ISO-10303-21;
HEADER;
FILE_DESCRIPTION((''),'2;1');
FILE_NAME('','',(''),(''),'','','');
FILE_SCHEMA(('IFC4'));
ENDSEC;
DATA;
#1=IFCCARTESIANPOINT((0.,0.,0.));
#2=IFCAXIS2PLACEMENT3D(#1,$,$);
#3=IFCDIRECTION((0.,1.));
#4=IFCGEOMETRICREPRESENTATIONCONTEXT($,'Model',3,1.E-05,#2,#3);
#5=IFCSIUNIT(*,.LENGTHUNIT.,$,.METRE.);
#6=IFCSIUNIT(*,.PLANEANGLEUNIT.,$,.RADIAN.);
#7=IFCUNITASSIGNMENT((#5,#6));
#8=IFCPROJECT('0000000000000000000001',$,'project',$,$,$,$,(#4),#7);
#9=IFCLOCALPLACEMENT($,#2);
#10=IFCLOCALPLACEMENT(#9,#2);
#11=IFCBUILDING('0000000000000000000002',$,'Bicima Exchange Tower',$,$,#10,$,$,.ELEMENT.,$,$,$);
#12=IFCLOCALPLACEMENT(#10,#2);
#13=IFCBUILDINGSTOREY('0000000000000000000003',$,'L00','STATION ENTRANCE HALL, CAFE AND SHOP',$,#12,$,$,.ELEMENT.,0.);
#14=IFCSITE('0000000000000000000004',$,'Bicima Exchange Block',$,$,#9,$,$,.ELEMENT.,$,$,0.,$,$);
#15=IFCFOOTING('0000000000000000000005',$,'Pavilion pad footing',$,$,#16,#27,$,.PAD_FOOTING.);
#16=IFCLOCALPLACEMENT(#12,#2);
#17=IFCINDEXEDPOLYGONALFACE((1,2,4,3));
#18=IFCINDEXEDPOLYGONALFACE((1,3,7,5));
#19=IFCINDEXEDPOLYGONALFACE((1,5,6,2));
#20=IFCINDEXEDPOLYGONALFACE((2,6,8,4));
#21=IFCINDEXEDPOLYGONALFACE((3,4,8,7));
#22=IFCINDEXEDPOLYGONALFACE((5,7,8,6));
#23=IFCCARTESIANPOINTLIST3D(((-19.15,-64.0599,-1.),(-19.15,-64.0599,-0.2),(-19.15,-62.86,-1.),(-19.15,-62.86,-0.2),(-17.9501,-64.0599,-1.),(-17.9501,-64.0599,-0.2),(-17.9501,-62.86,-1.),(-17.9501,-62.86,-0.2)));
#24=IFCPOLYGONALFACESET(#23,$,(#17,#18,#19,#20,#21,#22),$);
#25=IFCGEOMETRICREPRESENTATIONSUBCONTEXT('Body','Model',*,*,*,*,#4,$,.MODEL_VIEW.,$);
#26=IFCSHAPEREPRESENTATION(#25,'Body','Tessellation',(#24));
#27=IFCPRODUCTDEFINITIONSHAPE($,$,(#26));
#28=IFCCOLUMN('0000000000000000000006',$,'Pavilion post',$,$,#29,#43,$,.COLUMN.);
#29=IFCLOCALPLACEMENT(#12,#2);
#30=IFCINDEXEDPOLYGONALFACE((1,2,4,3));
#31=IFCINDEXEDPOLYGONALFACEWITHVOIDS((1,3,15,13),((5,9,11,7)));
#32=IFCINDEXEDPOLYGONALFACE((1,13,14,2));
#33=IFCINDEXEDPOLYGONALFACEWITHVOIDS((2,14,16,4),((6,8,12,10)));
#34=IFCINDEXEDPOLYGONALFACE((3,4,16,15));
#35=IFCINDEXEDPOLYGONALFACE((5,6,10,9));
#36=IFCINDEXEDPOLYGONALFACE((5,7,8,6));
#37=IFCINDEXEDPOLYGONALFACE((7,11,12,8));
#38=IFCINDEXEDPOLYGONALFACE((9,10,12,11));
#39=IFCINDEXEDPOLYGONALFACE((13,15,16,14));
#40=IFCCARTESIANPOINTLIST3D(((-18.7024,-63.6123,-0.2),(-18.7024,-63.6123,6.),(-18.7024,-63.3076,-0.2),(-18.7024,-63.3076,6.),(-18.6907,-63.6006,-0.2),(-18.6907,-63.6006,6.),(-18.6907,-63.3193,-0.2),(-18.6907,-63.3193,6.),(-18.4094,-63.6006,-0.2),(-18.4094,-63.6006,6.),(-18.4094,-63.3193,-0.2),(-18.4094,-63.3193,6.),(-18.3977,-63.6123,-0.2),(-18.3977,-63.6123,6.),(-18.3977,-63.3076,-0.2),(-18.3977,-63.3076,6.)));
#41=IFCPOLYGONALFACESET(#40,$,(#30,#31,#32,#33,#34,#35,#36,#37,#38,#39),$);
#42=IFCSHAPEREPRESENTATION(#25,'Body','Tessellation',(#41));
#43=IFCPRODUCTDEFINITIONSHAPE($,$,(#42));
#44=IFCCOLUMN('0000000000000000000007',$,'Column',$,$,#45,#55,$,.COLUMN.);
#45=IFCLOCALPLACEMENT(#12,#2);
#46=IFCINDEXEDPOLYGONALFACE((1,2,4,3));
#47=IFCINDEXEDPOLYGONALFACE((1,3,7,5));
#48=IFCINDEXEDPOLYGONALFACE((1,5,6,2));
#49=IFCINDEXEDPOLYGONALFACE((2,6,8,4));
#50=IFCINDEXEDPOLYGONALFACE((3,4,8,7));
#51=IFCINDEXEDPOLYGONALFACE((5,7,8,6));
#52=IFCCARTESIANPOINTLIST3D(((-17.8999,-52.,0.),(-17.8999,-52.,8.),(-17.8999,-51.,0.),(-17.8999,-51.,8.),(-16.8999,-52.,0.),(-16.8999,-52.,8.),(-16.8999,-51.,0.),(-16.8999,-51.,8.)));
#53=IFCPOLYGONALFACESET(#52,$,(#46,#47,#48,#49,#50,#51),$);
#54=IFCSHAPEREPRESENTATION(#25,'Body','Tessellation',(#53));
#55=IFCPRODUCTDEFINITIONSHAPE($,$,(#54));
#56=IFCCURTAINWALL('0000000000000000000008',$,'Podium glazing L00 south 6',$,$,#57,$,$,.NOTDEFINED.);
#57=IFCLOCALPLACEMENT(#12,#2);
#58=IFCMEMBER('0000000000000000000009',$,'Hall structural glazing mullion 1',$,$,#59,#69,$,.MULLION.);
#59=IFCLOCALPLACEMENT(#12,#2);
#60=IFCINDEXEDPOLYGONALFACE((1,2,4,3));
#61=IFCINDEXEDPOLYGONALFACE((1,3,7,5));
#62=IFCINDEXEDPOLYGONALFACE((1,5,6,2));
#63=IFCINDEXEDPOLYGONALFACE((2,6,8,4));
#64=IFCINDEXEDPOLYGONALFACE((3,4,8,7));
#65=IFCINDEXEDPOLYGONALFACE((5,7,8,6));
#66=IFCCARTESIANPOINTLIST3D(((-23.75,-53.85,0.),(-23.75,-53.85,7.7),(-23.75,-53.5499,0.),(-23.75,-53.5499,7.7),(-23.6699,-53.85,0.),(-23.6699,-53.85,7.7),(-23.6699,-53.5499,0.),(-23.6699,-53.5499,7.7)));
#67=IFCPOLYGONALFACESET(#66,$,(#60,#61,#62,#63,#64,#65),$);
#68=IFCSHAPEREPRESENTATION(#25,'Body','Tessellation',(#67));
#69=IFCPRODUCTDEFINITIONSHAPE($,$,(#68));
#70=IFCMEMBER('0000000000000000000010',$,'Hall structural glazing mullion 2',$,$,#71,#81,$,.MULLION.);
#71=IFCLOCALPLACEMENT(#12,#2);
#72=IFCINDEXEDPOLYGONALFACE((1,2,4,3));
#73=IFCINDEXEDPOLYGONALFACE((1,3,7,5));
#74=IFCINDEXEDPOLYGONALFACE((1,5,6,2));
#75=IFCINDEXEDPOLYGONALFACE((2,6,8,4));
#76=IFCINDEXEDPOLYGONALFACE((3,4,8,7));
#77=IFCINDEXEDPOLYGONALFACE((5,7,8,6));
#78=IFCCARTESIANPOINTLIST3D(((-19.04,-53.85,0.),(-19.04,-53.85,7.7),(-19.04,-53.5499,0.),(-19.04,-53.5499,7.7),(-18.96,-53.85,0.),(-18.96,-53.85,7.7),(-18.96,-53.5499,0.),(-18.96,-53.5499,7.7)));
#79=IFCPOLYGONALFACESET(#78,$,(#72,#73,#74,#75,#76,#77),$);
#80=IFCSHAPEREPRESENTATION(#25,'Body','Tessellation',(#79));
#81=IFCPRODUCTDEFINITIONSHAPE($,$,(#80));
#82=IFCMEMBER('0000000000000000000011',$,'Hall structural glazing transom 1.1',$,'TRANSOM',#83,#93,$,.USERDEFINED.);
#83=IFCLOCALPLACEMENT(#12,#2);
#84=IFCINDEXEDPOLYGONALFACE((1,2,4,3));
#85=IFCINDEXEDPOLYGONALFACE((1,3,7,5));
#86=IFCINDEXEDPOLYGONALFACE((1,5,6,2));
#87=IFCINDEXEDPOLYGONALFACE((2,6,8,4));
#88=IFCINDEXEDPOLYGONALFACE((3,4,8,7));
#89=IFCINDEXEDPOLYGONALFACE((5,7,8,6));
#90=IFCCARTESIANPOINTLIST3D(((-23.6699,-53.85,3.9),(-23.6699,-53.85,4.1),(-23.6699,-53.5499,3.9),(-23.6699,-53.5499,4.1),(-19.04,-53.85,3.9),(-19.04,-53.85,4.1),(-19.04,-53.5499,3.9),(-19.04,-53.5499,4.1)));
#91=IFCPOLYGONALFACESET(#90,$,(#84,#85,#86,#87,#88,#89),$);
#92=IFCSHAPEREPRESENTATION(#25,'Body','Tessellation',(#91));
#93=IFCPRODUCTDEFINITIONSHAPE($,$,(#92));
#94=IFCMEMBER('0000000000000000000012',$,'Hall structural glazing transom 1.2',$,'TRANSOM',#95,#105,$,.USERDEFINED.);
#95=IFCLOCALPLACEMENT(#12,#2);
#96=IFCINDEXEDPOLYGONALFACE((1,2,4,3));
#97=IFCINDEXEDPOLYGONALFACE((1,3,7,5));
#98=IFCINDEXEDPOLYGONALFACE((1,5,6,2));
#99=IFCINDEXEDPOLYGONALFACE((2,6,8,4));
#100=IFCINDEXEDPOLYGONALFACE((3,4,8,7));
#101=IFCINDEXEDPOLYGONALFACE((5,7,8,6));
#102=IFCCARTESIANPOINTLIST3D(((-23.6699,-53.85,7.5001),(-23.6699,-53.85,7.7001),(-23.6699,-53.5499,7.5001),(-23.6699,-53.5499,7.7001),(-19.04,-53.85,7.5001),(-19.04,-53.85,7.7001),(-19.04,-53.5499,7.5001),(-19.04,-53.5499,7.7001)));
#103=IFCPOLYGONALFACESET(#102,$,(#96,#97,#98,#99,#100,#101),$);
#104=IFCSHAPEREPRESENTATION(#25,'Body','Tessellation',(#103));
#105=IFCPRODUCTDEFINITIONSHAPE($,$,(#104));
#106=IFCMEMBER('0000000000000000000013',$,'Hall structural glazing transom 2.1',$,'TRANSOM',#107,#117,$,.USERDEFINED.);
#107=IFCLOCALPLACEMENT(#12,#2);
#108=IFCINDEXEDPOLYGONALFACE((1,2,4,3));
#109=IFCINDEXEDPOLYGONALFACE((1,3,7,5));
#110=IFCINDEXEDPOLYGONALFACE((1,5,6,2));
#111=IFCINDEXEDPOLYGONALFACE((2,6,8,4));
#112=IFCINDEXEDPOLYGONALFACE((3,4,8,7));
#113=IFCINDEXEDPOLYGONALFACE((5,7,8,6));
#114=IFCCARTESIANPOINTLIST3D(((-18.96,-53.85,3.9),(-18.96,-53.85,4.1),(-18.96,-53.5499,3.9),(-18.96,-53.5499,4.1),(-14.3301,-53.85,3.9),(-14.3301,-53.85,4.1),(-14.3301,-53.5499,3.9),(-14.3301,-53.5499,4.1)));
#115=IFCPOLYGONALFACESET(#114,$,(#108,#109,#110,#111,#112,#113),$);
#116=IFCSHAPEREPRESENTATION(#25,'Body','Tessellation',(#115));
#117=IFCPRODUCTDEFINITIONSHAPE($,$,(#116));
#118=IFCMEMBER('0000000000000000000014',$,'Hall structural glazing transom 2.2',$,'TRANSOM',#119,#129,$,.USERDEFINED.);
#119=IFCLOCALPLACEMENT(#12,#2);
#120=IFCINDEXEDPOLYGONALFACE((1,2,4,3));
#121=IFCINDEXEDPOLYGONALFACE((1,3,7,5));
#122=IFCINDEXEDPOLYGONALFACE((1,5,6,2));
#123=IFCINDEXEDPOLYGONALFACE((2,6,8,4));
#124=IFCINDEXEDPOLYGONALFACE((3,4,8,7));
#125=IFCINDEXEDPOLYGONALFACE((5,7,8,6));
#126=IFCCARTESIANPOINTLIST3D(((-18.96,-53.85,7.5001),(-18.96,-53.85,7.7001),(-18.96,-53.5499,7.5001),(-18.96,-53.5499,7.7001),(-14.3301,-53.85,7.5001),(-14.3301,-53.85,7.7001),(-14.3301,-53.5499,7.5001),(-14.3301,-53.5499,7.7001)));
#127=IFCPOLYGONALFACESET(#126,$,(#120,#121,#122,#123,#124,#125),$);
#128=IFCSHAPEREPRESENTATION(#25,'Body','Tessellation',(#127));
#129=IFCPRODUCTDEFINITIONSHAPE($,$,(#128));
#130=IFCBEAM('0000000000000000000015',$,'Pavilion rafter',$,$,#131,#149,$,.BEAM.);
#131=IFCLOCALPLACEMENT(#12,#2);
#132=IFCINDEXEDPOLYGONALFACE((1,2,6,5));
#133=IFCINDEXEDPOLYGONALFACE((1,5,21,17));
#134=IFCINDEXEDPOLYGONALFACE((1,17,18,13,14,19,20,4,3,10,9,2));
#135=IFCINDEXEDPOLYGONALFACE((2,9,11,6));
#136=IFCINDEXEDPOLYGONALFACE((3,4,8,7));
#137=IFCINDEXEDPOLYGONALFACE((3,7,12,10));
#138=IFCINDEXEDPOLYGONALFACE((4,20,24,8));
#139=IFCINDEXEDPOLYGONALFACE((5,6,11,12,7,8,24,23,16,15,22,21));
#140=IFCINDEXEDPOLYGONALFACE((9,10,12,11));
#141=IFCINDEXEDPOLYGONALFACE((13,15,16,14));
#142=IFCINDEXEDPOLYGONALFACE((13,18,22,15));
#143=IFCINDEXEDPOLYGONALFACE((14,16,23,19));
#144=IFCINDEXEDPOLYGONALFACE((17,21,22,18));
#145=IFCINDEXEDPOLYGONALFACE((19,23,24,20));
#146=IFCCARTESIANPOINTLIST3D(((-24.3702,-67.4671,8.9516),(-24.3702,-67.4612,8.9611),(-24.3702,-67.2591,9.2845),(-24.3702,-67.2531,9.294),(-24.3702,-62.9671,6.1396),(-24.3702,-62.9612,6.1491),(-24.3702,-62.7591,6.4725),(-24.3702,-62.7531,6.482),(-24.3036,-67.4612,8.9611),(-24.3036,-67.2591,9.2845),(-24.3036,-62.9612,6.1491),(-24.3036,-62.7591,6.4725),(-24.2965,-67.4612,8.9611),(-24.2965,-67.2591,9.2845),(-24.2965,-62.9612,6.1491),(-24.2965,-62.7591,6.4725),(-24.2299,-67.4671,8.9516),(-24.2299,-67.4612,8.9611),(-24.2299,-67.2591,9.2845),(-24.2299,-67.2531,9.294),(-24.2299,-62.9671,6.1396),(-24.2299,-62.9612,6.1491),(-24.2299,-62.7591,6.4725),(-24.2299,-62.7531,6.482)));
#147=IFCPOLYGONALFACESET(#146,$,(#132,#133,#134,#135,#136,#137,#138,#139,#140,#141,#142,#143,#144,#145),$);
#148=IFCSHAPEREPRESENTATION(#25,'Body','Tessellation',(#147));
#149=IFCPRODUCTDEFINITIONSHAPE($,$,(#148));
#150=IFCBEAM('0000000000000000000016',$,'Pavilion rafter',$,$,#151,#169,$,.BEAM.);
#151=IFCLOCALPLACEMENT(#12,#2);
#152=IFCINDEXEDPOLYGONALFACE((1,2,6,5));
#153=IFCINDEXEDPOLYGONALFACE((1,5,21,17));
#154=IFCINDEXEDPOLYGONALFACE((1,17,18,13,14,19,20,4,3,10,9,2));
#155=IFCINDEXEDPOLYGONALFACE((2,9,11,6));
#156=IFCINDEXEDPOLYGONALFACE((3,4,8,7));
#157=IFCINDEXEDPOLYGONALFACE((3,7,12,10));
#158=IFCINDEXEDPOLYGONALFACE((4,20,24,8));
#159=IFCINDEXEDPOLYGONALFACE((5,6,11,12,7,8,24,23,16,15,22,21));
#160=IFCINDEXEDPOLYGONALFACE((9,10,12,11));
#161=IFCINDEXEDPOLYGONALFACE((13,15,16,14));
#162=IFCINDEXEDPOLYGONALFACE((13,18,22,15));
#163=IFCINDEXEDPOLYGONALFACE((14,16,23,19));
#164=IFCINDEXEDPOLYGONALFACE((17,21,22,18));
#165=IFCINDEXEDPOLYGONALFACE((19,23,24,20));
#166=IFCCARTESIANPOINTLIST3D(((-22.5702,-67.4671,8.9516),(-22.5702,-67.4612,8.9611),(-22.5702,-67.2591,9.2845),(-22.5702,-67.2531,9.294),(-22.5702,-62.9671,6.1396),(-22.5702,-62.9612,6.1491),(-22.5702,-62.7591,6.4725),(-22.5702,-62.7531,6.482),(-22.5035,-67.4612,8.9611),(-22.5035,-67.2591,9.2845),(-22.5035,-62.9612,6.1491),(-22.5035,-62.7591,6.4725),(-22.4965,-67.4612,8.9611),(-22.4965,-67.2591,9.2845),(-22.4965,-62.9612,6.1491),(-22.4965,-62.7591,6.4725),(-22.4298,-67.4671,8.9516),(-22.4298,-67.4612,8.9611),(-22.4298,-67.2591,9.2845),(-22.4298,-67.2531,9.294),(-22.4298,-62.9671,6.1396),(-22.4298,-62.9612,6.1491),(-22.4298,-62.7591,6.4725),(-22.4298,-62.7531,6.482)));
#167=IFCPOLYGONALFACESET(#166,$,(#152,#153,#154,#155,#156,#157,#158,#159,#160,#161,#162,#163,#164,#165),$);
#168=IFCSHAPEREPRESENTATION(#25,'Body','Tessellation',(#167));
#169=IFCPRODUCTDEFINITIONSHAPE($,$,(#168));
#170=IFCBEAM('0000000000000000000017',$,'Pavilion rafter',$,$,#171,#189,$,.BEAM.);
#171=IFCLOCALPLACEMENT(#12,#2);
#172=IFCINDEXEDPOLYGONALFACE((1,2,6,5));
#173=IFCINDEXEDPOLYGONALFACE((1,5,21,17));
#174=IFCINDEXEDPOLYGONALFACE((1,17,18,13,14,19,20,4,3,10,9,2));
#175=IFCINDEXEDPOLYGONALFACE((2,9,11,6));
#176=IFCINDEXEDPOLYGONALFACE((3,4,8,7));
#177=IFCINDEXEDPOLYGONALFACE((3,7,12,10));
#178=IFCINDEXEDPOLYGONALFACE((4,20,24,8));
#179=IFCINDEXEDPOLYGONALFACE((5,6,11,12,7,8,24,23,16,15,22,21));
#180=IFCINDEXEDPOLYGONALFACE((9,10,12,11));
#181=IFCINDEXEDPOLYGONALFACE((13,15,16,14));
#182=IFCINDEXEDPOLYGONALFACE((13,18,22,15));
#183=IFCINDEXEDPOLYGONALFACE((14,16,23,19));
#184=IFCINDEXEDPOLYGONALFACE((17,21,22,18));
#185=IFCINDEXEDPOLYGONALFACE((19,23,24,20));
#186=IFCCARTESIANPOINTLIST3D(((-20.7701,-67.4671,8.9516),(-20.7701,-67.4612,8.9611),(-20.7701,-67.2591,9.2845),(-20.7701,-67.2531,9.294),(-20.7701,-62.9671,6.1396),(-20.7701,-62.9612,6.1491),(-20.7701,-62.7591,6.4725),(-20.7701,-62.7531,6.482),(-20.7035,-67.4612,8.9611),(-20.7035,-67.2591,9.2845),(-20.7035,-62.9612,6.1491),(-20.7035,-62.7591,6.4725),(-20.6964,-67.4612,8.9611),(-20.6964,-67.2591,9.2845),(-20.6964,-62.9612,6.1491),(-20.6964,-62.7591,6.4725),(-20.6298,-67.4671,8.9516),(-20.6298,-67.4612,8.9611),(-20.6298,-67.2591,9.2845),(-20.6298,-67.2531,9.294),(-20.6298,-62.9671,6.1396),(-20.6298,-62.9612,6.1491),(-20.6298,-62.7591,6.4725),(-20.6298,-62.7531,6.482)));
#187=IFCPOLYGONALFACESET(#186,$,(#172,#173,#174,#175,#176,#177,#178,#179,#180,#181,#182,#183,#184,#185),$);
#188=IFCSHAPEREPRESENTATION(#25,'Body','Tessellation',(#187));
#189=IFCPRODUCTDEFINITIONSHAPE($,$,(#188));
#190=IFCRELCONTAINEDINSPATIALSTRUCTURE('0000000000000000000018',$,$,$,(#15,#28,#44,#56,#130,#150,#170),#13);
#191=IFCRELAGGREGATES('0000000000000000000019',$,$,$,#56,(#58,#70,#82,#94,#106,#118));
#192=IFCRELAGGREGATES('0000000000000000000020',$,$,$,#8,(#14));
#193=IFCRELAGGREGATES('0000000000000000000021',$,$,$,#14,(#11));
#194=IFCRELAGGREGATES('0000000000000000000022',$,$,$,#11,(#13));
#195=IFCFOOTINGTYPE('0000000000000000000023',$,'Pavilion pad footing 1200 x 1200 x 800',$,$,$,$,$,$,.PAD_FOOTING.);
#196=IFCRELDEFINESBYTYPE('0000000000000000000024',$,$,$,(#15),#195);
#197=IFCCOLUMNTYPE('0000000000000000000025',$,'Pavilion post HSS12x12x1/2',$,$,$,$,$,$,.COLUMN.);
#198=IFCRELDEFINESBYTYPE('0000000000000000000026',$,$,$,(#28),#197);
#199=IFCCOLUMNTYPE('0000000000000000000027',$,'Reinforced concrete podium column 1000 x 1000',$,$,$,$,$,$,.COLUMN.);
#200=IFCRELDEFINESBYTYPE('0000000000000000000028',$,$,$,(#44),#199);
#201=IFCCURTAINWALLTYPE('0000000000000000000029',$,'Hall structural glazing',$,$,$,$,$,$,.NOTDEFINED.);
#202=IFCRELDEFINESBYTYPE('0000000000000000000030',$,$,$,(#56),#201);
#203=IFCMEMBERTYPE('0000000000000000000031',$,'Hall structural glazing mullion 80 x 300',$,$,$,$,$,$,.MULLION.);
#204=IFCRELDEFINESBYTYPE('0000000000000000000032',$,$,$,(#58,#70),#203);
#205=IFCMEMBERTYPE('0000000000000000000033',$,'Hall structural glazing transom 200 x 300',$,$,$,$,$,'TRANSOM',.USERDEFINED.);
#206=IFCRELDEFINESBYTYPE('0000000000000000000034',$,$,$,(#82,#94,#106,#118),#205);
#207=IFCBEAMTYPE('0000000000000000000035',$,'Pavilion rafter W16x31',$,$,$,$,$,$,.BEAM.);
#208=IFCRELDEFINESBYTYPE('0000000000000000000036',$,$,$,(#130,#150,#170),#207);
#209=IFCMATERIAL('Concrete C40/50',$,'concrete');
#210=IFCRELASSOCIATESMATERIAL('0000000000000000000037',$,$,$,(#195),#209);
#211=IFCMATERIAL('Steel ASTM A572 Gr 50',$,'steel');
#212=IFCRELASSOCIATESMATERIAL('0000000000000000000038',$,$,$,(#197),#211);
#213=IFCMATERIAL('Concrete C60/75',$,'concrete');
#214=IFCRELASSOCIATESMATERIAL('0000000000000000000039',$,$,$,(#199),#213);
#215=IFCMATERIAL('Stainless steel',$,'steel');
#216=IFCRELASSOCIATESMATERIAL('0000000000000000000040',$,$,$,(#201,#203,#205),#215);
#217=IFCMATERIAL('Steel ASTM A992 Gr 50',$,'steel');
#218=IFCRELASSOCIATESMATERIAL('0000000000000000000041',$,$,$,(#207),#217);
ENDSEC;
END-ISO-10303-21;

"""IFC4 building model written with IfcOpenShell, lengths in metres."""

from ifc_helpers import new_model, si_unit, direction, frame, origin, origin_2d, place, context, subcontext, project, spatial, rectangle, hollow_rectangle, i_section, extrude, material, material_profile, profile_set, type_object, element, aggregate, save


model = new_model("IFC4")

# Units and contexts
model_context = context("Model", 3, precision=1e-05, world=origin(), true_north=direction((0.0, 1.0)))
body_context = subcontext(model_context, "Body", "Model", "MODEL_VIEW")
ifc_project = project(units=[si_unit("LENGTHUNIT", "METRE"), si_unit("PLANEANGLEUNIT", "RADIAN")], contexts=[model_context])

# Site, building, storey
site_placement = place(None, origin())
site = spatial("IfcSite", under=ifc_project, at=site_placement, Name="Bicima Exchange Block", CompositionType="ELEMENT", RefElevation=0.0)
building_placement = place(site_placement, origin())
building = spatial("IfcBuilding", under=site, at=building_placement, Name="Bicima Exchange Tower", CompositionType="ELEMENT")
storey_placement = place(building_placement, origin())
storey = spatial("IfcBuildingStorey", under=building, at=storey_placement, Name="L00", Description="STATION ENTRANCE HALL, CAFE AND SHOP", CompositionType="ELEMENT", Elevation=0.0)

# Footing
ifc_material_1 = material(Name="Concrete C40/50", Category="concrete")
footing_type = type_object("IfcFootingType", Name="Pavilion pad footing 1200 x 1200 x 800", PredefinedType="PAD_FOOTING", material=ifc_material_1)
footing_placement = place(storey_placement, frame((-18.55, -63.46, -1.0), z_axis=(0.0, 0.0, 1.0), x_axis=(1.0, 0.0, 0.0)))
element("IfcFooting", 1, at=footing_placement, inside=storey, type_object=footing_type, Name="Pavilion pad footing", PredefinedType="PAD_FOOTING", context=body_context, shape_type="SweptSolid", body=[
    extrude(rectangle(XDim=1.2, YDim=1.2, at=origin_2d()), origin(), (0.0, 0.0, 1.0), 0.8),
])

# Columns
ifc_material_2 = material(Name="Steel ASTM A572 Gr 50", Category="steel")
ifc_material_profile_1 = material_profile(ifc_material_2, hollow_rectangle(XDim=0.3047, YDim=0.3047, WallThickness=0.0117, at=origin_2d()))
ifc_profile_set_1 = profile_set([ifc_material_profile_1], Name="Steel ASTM A572 Gr 50")
column_type_1 = type_object("IfcColumnType", Name="Pavilion post HSS12x12x1/2", PredefinedType="COLUMN", material=ifc_profile_set_1)
column_1_placement = place(storey_placement, frame((-18.55, -63.46, -0.2), z_axis=(0.0, 0.0, 1.0), x_axis=(1.0, 0.0, 0.0)))
element("IfcColumn", 2, at=column_1_placement, inside=storey, type_object=column_type_1, Name="Pavilion post", PredefinedType="COLUMN", context=body_context, shape_type="SweptSolid", body=[
    extrude(hollow_rectangle(XDim=0.3047, YDim=0.3047, WallThickness=0.0117, at=origin_2d()), origin(), (0.0, 0.0, 1.0), 6.2),
])
ifc_material_3 = material(Name="Concrete C60/75", Category="concrete")
ifc_material_profile_2 = material_profile(ifc_material_3, rectangle(XDim=1.0, YDim=1.0, at=origin_2d()))
ifc_profile_set_2 = profile_set([ifc_material_profile_2], Name="Concrete C60/75")
column_type_2 = type_object("IfcColumnType", Name="Reinforced concrete podium column 1000 x 1000", PredefinedType="COLUMN", material=ifc_profile_set_2)
column_2_placement = place(storey_placement, frame((-17.3999, -51.5, 0.0), z_axis=(0.0, 0.0, 1.0), x_axis=(1.0, 0.0, 0.0)))
element("IfcColumn", 3, at=column_2_placement, inside=storey, type_object=column_type_2, Name="Column", PredefinedType="COLUMN", context=body_context, shape_type="SweptSolid", body=[
    extrude(rectangle(XDim=1.0, YDim=1.0, at=origin_2d()), origin(), (0.0, 0.0, 1.0), 8.0),
])

# Curtain wall, members
ifc_material_4 = material(Name="Stainless steel", Category="steel")
curtain_wall_type = type_object("IfcCurtainWallType", Name="Hall structural glazing", PredefinedType="NOTDEFINED", material=ifc_material_4)
curtain_wall_placement = place(storey_placement, origin())
curtain_wall = element("IfcCurtainWall", 4, at=curtain_wall_placement, inside=storey, type_object=curtain_wall_type, Name="Podium glazing L00 south 6", PredefinedType="NOTDEFINED")
ifc_material_profile_3 = material_profile(ifc_material_4, rectangle(XDim=0.3, YDim=0.0801, at=origin_2d()))
ifc_profile_set_3 = profile_set([ifc_material_profile_3], Name="Stainless steel")
member_type_1 = type_object("IfcMemberType", Name="Hall structural glazing mullion 80 x 300", PredefinedType="MULLION", material=ifc_profile_set_3)
member_1_placement = place(storey_placement, frame((-23.71, -53.7, 0.0), z_axis=(0.0, 0.0, 1.0), x_axis=(0.0, 1.0, 0.0)))
member_1 = element("IfcMember", 5, at=member_1_placement, type_object=member_type_1, Name="Hall structural glazing mullion 1", PredefinedType="MULLION", context=body_context, shape_type="SweptSolid", body=[
    extrude(rectangle(XDim=0.3, YDim=0.0801, at=origin_2d()), origin(), (0.0, 0.0, 1.0), 7.7),
])
member_2_placement = place(storey_placement, frame((-19.0, -53.7, 0.0), z_axis=(0.0, 0.0, 1.0), x_axis=(0.0, 1.0, 0.0)))
member_2 = element("IfcMember", 6, at=member_2_placement, type_object=member_type_1, Name="Hall structural glazing mullion 2", PredefinedType="MULLION", context=body_context, shape_type="SweptSolid", body=[
    extrude(rectangle(XDim=0.3, YDim=0.0801, at=origin_2d()), origin(), (0.0, 0.0, 1.0), 7.7),
])
ifc_material_profile_4 = material_profile(ifc_material_4, rectangle(XDim=0.3, YDim=0.2, at=origin_2d()))
ifc_profile_set_4 = profile_set([ifc_material_profile_4], Name="Stainless steel")
member_type_2 = type_object("IfcMemberType", Name="Hall structural glazing transom 200 x 300", ElementType="TRANSOM", PredefinedType="USERDEFINED", material=ifc_profile_set_4)
member_3_placement = place(storey_placement, frame((-23.6699, -53.7, 4.0), z_axis=(1.0, 0.0, 0.0), x_axis=(0.0, 1.0, 0.0)))
member_3 = element("IfcMember", 7, at=member_3_placement, type_object=member_type_2, Name="Hall structural glazing transom 1.1", ObjectType="TRANSOM", PredefinedType="USERDEFINED", context=body_context, shape_type="SweptSolid", body=[
    extrude(rectangle(XDim=0.3, YDim=0.2, at=origin_2d()), origin(), (0.0, 0.0, 1.0), 4.6299),
])
member_4_placement = place(storey_placement, frame((-23.6699, -53.7, 7.6001), z_axis=(1.0, 0.0, 0.0), x_axis=(0.0, 1.0, 0.0)))
member_4 = element("IfcMember", 8, at=member_4_placement, type_object=member_type_2, Name="Hall structural glazing transom 1.2", ObjectType="TRANSOM", PredefinedType="USERDEFINED", context=body_context, shape_type="SweptSolid", body=[
    extrude(rectangle(XDim=0.3, YDim=0.2, at=origin_2d()), origin(), (0.0, 0.0, 1.0), 4.6299),
])
member_5_placement = place(storey_placement, frame((-18.96, -53.7, 4.0), z_axis=(1.0, 0.0, 0.0), x_axis=(0.0, 1.0, 0.0)))
member_5 = element("IfcMember", 9, at=member_5_placement, type_object=member_type_2, Name="Hall structural glazing transom 2.1", ObjectType="TRANSOM", PredefinedType="USERDEFINED", context=body_context, shape_type="SweptSolid", body=[
    extrude(rectangle(XDim=0.3, YDim=0.2, at=origin_2d()), origin(), (0.0, 0.0, 1.0), 4.6299),
])
member_6_placement = place(storey_placement, frame((-18.96, -53.7, 7.6001), z_axis=(1.0, 0.0, 0.0), x_axis=(0.0, 1.0, 0.0)))
member_6 = element("IfcMember", 10, at=member_6_placement, type_object=member_type_2, Name="Hall structural glazing transom 2.2", ObjectType="TRANSOM", PredefinedType="USERDEFINED", context=body_context, shape_type="SweptSolid", body=[
    extrude(rectangle(XDim=0.3, YDim=0.2, at=origin_2d()), origin(), (0.0, 0.0, 1.0), 4.6299),
])

# Beams
ifc_material_5 = material(Name="Steel ASTM A992 Gr 50", Category="steel")
ifc_material_profile_5 = material_profile(ifc_material_5, i_section(OverallWidth=0.1404, OverallDepth=0.4038, WebThickness=0.0071, FlangeThickness=0.0112, at=origin_2d()))
ifc_profile_set_5 = profile_set([ifc_material_profile_5], Name="Steel ASTM A992 Gr 50")
beam_type_1 = type_object("IfcBeamType", Name="Pavilion rafter W16x31", PredefinedType="BEAM", material=ifc_profile_set_5)
for number, where, z_axis, x_axis, name in (
    (11, (-24.3, -62.8601, 6.3108), (0.0, -0.84804, 0.529933), (1.0, 0.0, 0.0), "Pavilion rafter"),
    (12, (-22.5, -62.8601, 6.3108), (0.0, -0.84804, 0.529933), (1.0, 0.0, 0.0), "Pavilion rafter"),
    (13, (-20.7, -62.8601, 6.3108), (0.0, -0.84804, 0.529933), (1.0, 0.0, 0.0), "Pavilion rafter"),
):
    element("IfcBeam", number, at=place(storey_placement, frame(where, z_axis=z_axis, x_axis=x_axis)), inside=storey, type_object=beam_type_1, Name=name, PredefinedType="BEAM", context=body_context, shape_type="SweptSolid", body=[
        extrude(i_section(OverallWidth=0.1404, OverallDepth=0.4038, WebThickness=0.0071, FlangeThickness=0.0112, at=origin_2d()), origin(), (0.0, 0.0, 1.0), 5.3064),
    ])

aggregate(curtain_wall, [member_1, member_2, member_3, member_4, member_5, member_6])

save(model, "model.ifc")
